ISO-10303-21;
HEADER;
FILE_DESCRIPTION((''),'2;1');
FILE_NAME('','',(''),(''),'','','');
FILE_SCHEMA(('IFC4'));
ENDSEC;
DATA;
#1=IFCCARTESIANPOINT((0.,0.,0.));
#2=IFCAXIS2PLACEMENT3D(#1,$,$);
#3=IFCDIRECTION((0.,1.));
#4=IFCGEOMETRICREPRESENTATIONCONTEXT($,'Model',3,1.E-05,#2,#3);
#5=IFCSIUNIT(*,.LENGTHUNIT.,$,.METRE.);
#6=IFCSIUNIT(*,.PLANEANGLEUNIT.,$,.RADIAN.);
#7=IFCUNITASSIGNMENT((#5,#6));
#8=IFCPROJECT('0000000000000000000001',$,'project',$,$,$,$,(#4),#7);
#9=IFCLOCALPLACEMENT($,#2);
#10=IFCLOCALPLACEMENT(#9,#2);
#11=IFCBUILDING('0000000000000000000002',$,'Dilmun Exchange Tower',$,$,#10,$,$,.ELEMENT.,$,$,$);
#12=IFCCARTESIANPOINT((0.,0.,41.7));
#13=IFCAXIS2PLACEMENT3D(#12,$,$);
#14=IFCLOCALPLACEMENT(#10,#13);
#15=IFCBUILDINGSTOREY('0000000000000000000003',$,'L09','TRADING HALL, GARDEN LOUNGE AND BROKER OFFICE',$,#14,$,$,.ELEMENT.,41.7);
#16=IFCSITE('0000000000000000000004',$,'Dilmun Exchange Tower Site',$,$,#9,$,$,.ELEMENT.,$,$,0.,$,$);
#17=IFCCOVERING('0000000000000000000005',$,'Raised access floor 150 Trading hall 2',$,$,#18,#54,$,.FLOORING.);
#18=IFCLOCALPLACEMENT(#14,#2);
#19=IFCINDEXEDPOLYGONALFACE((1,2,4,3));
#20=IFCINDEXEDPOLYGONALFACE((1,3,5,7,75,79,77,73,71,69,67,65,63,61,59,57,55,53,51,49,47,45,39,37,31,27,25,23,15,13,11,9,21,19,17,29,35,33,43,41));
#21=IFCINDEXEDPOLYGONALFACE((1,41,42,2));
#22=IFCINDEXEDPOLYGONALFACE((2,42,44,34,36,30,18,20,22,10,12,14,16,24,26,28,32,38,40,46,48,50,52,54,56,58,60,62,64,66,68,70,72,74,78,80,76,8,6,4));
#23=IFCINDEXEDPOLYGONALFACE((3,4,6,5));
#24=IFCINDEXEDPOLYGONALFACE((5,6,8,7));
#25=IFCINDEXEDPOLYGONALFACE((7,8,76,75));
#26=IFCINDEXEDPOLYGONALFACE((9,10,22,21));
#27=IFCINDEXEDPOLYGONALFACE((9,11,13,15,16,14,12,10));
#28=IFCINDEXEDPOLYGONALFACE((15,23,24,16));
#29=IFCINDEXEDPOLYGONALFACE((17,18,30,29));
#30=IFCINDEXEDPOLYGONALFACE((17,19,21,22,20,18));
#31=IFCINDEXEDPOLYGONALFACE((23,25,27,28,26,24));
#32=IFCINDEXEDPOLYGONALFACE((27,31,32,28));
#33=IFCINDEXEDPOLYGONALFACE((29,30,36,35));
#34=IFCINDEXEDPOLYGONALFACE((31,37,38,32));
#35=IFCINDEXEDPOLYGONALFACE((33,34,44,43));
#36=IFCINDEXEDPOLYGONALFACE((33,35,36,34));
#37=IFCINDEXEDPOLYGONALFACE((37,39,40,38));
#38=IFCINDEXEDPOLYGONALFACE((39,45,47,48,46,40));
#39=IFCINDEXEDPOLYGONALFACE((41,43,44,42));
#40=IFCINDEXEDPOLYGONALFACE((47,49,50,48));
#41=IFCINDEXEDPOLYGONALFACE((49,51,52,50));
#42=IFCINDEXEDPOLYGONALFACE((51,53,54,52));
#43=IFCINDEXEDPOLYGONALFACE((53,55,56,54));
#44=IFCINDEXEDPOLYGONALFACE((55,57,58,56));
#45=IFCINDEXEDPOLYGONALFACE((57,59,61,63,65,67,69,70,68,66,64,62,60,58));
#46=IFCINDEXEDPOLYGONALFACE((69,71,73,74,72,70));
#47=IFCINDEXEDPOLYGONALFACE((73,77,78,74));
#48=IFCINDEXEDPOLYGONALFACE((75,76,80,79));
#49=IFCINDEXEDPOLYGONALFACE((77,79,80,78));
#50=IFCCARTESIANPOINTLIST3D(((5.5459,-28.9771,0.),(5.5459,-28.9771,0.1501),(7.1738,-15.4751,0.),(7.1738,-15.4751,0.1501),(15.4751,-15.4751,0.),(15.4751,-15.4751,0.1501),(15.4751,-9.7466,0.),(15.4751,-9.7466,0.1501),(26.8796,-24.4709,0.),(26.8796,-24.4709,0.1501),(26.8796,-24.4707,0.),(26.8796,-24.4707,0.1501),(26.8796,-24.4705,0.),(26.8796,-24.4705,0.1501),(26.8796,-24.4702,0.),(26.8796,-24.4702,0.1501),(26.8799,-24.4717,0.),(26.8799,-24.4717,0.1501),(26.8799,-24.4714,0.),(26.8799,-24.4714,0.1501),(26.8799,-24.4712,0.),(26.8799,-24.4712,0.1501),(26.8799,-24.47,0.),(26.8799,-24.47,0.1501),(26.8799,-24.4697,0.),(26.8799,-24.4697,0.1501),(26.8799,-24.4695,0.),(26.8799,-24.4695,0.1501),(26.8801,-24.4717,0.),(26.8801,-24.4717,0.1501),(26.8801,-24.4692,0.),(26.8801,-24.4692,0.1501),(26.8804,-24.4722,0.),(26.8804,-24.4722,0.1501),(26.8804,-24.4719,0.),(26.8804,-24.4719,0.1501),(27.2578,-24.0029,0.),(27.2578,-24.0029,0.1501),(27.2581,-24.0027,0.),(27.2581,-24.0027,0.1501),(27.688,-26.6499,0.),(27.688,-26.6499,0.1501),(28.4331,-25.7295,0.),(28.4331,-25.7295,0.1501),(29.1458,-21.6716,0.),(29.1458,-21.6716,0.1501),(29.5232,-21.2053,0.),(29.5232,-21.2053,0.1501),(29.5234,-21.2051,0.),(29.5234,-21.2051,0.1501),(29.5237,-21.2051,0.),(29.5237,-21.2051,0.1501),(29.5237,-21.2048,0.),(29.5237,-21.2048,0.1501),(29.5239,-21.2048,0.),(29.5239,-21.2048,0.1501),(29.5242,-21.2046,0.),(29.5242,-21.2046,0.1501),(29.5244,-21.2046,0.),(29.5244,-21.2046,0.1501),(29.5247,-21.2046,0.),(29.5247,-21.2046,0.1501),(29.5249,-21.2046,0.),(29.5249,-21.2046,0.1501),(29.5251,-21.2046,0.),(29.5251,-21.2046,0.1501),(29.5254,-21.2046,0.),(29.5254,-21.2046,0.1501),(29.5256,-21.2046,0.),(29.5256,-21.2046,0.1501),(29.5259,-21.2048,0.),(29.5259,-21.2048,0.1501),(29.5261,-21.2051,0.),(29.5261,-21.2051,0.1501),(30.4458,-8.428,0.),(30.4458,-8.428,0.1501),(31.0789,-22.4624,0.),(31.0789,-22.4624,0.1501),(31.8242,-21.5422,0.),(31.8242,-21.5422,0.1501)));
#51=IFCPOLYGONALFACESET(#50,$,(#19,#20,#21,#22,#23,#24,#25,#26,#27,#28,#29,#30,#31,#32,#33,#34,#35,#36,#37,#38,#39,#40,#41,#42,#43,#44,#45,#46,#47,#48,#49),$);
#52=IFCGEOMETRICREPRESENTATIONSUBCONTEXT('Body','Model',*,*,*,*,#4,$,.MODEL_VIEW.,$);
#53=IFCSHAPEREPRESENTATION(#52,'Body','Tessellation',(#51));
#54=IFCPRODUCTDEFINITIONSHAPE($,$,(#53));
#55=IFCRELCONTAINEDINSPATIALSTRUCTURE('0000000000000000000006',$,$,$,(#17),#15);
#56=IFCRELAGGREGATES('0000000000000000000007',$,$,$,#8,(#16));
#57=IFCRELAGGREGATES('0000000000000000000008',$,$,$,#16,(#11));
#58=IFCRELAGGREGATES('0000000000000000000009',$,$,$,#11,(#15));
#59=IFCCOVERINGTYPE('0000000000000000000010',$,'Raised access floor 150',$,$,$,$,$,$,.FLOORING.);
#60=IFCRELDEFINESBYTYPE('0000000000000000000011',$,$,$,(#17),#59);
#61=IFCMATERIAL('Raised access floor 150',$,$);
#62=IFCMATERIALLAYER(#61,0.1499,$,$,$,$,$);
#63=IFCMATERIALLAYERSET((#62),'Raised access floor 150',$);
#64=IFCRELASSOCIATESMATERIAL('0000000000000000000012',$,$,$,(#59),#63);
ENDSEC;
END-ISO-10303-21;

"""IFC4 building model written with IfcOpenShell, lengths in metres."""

from ifc_helpers import new_model, si_unit, direction, frame, origin, place, context, subcontext, project, spatial, polyline, outline, extrude, material, layer, layer_set, type_object, element, save


model = new_model("IFC4")

# Units and contexts
model_context = context("Model", 3, precision=1e-05, world=origin(), true_north=direction((0.0, 1.0)))
body_context = subcontext(model_context, "Body", "Model", "MODEL_VIEW")
ifc_project = project(units=[si_unit("LENGTHUNIT", "METRE"), si_unit("PLANEANGLEUNIT", "RADIAN")], contexts=[model_context])

# Site, building, storey
site_placement = place(None, origin())
site = spatial("IfcSite", under=ifc_project, at=site_placement, Name="Dilmun Exchange Tower Site", CompositionType="ELEMENT", RefElevation=0.0)
building_placement = place(site_placement, origin())
building = spatial("IfcBuilding", under=site, at=building_placement, Name="Dilmun Exchange Tower", CompositionType="ELEMENT")
storey_placement = place(building_placement, frame((0.0, 0.0, 41.7)))
storey = spatial("IfcBuildingStorey", under=building, at=storey_placement, Name="L09", Description="TRADING HALL, GARDEN LOUNGE AND BROKER OFFICE", CompositionType="ELEMENT", Elevation=41.7)

# Covering
ifc_material_1 = material(Name="Raised access floor 150")
ifc_layer_1 = layer(ifc_material_1, 0.1499)
ifc_layer_set_1 = layer_set([ifc_layer_1], Name="Raised access floor 150")
covering_type_1 = type_object("IfcCoveringType", Name="Raised access floor 150", PredefinedType="FLOORING", material=ifc_layer_set_1)
covering_1_placement = place(storey_placement, origin())
element("IfcCovering", 1, at=covering_1_placement, inside=storey, type_object=covering_type_1, Name="Raised access floor 150 Trading hall 2", PredefinedType="FLOORING", context=body_context, shape_type="SweptSolid", body=[
    extrude(outline(polyline([(7.1738, -15.4751), (15.4751, -15.4751), (15.4751, -9.7466), (30.4458, -8.428), (31.8242, -21.5422), (31.0789, -22.4624), (29.5261, -21.2051), (29.5259, -21.2048), (29.5259, -21.2048), (29.5256, -21.2046), (29.5254, -21.2046), (29.5254, -21.2046), (29.5251, -21.2046), (29.5249, -21.2046), (29.5247, -21.2046), (29.5244, -21.2046), (29.5244, -21.2046), (29.5242, -21.2046), (29.5239, -21.2048), (29.5237, -21.2048), (29.5237, -21.2051), (29.5234, -21.2051), (29.5232, -21.2053), (29.1458, -21.6716), (29.1458, -21.6716), (27.2581, -24.0027), (27.2581, -24.0027), (27.2578, -24.0029), (27.2578, -24.0029), (26.8801, -24.4692), (26.8799, -24.4695), (26.8799, -24.4695), (26.8799, -24.4697), (26.8799, -24.47), (26.8796, -24.4702), (26.8796, -24.4705), (26.8796, -24.4707), (26.8796, -24.4707), (26.8796, -24.4709), (26.8799, -24.4712), (26.8799, -24.4712), (26.8799, -24.4714), (26.8799, -24.4717), (26.8801, -24.4717), (26.8804, -24.4719), (26.8804, -24.4722), (28.4331, -25.7295), (27.688, -26.6499), (5.5459, -28.9771), (7.1738, -15.4751)])), origin(), (0.0, 0.0, 1.0), 0.1501),
])

save(model, "model.ifc")
